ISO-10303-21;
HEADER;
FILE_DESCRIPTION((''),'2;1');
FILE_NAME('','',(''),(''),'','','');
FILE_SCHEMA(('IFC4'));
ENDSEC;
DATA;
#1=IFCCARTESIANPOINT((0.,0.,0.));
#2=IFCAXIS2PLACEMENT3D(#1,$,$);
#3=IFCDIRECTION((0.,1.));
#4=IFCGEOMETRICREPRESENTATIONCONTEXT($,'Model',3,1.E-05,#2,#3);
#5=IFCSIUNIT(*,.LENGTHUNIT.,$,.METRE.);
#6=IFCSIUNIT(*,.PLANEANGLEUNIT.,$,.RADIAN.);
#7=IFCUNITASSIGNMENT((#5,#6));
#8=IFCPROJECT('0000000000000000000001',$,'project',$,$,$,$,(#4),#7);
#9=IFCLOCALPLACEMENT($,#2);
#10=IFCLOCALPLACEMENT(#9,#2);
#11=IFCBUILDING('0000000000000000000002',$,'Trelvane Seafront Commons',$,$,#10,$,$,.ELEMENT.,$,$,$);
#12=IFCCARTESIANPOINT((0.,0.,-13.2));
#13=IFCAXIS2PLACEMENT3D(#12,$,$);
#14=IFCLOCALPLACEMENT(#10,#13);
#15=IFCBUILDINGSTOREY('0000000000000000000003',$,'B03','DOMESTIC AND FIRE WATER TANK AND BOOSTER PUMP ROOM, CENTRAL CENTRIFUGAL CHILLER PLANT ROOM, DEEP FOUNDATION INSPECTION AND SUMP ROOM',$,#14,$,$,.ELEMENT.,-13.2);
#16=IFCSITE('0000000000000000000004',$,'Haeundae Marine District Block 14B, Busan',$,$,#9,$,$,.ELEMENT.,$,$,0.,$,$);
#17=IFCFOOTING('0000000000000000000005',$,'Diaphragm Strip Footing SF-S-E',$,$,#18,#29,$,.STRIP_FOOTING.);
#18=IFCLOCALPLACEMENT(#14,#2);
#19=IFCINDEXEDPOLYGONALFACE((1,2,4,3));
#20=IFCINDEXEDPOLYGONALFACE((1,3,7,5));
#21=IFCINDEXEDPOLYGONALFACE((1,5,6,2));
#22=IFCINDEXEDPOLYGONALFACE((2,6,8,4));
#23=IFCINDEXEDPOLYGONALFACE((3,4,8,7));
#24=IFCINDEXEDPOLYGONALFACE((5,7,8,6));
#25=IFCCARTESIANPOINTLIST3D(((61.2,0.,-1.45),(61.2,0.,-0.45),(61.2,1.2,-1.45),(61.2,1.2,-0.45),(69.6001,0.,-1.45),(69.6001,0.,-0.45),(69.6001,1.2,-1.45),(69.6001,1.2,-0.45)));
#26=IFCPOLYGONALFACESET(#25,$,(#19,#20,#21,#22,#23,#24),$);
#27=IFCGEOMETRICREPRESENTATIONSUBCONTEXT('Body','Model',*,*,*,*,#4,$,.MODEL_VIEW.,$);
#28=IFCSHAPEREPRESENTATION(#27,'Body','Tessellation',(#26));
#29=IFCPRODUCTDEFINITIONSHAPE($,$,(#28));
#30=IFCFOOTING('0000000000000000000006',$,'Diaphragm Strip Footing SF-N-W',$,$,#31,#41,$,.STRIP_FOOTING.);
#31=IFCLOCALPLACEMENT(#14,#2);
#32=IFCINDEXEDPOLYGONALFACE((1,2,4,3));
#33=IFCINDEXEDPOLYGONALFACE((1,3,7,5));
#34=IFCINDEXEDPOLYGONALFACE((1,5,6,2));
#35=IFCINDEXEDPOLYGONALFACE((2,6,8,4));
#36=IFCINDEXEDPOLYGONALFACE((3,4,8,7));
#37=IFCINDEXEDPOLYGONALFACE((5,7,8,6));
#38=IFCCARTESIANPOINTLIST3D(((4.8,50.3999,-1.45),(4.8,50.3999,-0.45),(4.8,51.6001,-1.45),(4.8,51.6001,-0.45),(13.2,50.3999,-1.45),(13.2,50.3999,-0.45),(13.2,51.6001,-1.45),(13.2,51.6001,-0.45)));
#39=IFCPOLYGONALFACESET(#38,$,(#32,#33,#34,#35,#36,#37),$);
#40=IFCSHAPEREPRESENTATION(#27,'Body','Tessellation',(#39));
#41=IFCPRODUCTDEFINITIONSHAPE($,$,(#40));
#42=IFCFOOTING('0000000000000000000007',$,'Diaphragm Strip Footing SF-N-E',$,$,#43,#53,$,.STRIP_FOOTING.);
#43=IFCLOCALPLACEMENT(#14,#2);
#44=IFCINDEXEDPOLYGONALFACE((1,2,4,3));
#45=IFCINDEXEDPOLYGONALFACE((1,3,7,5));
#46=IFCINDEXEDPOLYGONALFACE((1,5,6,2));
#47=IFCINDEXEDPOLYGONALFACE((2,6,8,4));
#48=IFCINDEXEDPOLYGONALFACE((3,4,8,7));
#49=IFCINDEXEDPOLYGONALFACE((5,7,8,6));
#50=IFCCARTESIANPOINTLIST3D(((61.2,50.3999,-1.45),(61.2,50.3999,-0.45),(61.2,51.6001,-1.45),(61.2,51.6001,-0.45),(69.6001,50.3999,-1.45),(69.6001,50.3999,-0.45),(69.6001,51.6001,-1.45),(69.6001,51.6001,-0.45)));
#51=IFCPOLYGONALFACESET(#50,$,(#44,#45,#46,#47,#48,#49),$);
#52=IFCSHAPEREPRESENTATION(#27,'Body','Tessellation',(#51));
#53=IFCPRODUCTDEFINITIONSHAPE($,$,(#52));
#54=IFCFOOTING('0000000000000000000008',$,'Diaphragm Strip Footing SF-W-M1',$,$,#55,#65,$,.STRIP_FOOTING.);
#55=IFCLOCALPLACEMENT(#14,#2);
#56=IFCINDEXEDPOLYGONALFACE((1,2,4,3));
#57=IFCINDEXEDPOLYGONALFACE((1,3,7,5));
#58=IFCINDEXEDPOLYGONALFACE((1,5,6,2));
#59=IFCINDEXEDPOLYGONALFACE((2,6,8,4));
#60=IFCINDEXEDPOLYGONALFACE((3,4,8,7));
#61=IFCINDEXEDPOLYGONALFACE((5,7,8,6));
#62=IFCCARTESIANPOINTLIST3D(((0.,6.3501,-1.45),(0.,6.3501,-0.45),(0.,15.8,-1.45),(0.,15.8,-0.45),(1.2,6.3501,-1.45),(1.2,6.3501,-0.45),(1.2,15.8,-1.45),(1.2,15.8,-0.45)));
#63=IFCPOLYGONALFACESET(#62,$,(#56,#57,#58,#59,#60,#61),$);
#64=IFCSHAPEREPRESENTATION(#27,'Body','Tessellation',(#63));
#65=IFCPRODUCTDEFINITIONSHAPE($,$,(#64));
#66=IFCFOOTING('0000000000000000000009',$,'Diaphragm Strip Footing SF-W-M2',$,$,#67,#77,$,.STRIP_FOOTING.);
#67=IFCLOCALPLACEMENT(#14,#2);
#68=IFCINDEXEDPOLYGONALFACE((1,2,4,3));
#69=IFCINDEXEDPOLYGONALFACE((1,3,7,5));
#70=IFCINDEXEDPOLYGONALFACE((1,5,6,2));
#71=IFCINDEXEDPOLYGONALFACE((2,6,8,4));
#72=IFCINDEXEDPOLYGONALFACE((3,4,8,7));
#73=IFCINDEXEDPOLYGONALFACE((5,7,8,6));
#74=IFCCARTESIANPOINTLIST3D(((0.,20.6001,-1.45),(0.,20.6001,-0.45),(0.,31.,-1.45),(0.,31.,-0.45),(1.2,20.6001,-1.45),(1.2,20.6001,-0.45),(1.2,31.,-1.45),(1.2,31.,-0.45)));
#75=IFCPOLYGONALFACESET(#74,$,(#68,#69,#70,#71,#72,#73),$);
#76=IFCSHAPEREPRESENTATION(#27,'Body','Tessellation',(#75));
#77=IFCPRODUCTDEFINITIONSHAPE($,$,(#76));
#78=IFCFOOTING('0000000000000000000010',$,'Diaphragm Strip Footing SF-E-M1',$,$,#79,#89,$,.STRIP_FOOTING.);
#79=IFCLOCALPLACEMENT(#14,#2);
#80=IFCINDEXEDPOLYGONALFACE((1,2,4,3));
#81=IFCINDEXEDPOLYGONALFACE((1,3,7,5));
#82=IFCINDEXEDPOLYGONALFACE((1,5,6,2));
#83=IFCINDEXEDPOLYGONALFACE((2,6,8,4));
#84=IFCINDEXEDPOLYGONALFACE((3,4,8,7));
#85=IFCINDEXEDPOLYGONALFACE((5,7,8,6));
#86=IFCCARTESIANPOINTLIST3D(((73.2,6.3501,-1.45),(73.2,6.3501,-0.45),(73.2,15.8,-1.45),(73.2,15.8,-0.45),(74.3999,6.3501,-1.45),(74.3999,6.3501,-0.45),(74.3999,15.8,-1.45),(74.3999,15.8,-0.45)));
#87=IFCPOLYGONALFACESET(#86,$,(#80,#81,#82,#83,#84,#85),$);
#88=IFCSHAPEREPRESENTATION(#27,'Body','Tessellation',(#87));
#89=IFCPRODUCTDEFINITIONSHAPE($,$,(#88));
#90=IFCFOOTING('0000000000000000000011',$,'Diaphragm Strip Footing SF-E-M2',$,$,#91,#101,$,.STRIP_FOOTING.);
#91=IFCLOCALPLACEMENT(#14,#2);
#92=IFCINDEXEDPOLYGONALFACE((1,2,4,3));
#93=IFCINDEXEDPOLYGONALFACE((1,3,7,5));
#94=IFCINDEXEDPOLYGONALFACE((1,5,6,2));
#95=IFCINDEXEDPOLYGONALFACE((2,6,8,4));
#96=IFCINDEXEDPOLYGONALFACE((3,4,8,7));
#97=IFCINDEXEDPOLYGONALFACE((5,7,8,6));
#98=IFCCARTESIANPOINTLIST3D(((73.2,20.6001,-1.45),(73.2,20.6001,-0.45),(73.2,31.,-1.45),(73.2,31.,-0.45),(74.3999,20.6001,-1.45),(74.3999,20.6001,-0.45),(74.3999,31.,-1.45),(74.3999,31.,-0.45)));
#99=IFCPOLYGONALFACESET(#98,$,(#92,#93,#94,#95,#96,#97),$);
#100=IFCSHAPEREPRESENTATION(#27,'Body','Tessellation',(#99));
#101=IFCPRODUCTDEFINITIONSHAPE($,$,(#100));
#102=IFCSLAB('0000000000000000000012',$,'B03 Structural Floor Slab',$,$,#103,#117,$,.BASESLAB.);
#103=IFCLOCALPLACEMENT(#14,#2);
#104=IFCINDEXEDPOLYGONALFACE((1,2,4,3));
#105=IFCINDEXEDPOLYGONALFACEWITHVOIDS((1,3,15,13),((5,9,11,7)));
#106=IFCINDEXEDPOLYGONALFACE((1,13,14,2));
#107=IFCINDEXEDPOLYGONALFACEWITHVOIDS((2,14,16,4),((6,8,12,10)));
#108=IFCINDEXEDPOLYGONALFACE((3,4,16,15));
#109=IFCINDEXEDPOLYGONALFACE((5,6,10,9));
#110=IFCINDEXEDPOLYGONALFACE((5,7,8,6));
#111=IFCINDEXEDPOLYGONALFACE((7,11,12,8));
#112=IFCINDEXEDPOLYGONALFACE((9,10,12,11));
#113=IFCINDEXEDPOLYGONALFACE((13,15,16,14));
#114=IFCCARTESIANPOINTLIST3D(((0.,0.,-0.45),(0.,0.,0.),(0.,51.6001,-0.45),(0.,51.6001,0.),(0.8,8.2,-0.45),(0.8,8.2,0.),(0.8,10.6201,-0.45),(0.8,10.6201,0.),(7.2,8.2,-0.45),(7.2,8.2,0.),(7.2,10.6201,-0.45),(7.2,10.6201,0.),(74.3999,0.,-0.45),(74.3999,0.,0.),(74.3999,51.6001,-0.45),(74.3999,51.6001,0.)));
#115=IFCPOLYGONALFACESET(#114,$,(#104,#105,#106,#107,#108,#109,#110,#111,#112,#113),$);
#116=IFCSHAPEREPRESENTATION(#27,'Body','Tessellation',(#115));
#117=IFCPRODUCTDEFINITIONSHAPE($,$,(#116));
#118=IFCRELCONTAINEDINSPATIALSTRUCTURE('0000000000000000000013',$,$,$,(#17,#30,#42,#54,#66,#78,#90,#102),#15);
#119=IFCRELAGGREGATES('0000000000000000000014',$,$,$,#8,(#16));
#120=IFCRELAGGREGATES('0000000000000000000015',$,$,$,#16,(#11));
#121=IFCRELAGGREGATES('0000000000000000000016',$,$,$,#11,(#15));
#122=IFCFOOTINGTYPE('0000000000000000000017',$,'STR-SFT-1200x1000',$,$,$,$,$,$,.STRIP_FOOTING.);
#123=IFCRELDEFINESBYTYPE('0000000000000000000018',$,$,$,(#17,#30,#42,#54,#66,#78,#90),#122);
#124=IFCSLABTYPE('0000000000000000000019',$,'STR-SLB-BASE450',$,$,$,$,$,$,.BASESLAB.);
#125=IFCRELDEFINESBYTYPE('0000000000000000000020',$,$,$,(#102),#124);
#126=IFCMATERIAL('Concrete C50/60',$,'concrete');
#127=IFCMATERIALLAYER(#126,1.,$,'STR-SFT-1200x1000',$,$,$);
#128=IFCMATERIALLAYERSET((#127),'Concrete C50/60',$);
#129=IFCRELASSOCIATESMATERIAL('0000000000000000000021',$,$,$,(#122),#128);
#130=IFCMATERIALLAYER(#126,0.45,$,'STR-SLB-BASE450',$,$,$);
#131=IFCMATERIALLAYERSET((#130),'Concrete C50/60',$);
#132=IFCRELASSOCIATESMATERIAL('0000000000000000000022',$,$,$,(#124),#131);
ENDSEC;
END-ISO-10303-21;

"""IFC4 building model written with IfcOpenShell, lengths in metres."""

from ifc_helpers import new_model, si_unit, direction, frame, origin, place, context, subcontext, project, spatial, polyline, outline, extrude, material, layer, layer_set, type_object, element, save


model = new_model("IFC4")

# Units and contexts
model_context = context("Model", 3, precision=1e-05, world=origin(), true_north=direction((0.0, 1.0)))
body_context = subcontext(model_context, "Body", "Model", "MODEL_VIEW")
ifc_project = project(units=[si_unit("LENGTHUNIT", "METRE"), si_unit("PLANEANGLEUNIT", "RADIAN")], contexts=[model_context])

# Site, building, storey
site_placement = place(None, origin())
site = spatial("IfcSite", under=ifc_project, at=site_placement, Name="Haeundae Marine District Block 14B, Busan", CompositionType="ELEMENT", RefElevation=0.0)
building_placement = place(site_placement, origin())
building = spatial("IfcBuilding", under=site, at=building_placement, Name="Trelvane Seafront Commons", CompositionType="ELEMENT")
storey_placement = place(building_placement, frame((0.0, 0.0, -13.2)))
storey = spatial("IfcBuildingStorey", under=building, at=storey_placement, Name="B03", Description="DOMESTIC AND FIRE WATER TANK AND BOOSTER PUMP ROOM, CENTRAL CENTRIFUGAL CHILLER PLANT ROOM, DEEP FOUNDATION INSPECTION AND SUMP ROOM", CompositionType="ELEMENT", Elevation=-13.2)

# Footings
ifc_material = material(Name="Concrete C50/60", Category="concrete")
ifc_layer_1 = layer(ifc_material, 1.0, Name="STR-SFT-1200x1000")
ifc_layer_set_1 = layer_set([ifc_layer_1], Name="Concrete C50/60")
footing_type_1 = type_object("IfcFootingType", Name="STR-SFT-1200x1000", PredefinedType="STRIP_FOOTING", material=ifc_layer_set_1)
footing_1_placement = place(storey_placement, frame((0.0, 0.0, -1.45)))
element("IfcFooting", 1, at=footing_1_placement, inside=storey, type_object=footing_type_1, Name="Diaphragm Strip Footing SF-S-E", PredefinedType="STRIP_FOOTING", context=body_context, shape_type="SweptSolid", body=[
    extrude(outline(polyline([(61.2, 0.0), (69.6001, 0.0), (69.6001, 1.2), (61.2, 1.2), (61.2, 0.0)])), origin(), (0.0, 0.0, 1.0), 1.0),
])
footing_2_placement = place(storey_placement, frame((0.0, 0.0, -1.45)))
element("IfcFooting", 2, at=footing_2_placement, inside=storey, type_object=footing_type_1, Name="Diaphragm Strip Footing SF-N-W", PredefinedType="STRIP_FOOTING", context=body_context, shape_type="SweptSolid", body=[
    extrude(outline(polyline([(4.8, 50.3999), (13.2, 50.3999), (13.2, 51.6001), (4.8, 51.6001), (4.8, 50.3999)])), origin(), (0.0, 0.0, 1.0), 1.0),
])
footing_3_placement = place(storey_placement, frame((0.0, 0.0, -1.45)))
element("IfcFooting", 3, at=footing_3_placement, inside=storey, type_object=footing_type_1, Name="Diaphragm Strip Footing SF-N-E", PredefinedType="STRIP_FOOTING", context=body_context, shape_type="SweptSolid", body=[
    extrude(outline(polyline([(61.2, 50.3999), (69.6001, 50.3999), (69.6001, 51.6001), (61.2, 51.6001), (61.2, 50.3999)])), origin(), (0.0, 0.0, 1.0), 1.0),
])
footing_4_placement = place(storey_placement, frame((0.0, 0.0, -1.45)))
element("IfcFooting", 4, at=footing_4_placement, inside=storey, type_object=footing_type_1, Name="Diaphragm Strip Footing SF-W-M1", PredefinedType="STRIP_FOOTING", context=body_context, shape_type="SweptSolid", body=[
    extrude(outline(polyline([(0.0, 6.3501), (1.2, 6.3501), (1.2, 15.8), (0.0, 15.8), (0.0, 6.3501)])), origin(), (0.0, 0.0, 1.0), 1.0),
])
footing_5_placement = place(storey_placement, frame((0.0, 0.0, -1.45)))
element("IfcFooting", 5, at=footing_5_placement, inside=storey, type_object=footing_type_1, Name="Diaphragm Strip Footing SF-W-M2", PredefinedType="STRIP_FOOTING", context=body_context, shape_type="SweptSolid", body=[
    extrude(outline(polyline([(0.0, 20.6001), (1.2, 20.6001), (1.2, 31.0), (0.0, 31.0), (0.0, 20.6001)])), origin(), (0.0, 0.0, 1.0), 1.0),
])
footing_6_placement = place(storey_placement, frame((0.0, 0.0, -1.45)))
element("IfcFooting", 6, at=footing_6_placement, inside=storey, type_object=footing_type_1, Name="Diaphragm Strip Footing SF-E-M1", PredefinedType="STRIP_FOOTING", context=body_context, shape_type="SweptSolid", body=[
    extrude(outline(polyline([(73.2, 6.3501), (74.3999, 6.3501), (74.3999, 15.8), (73.2, 15.8), (73.2, 6.3501)])), origin(), (0.0, 0.0, 1.0), 1.0),
])
footing_7_placement = place(storey_placement, frame((0.0, 0.0, -1.45)))
element("IfcFooting", 7, at=footing_7_placement, inside=storey, type_object=footing_type_1, Name="Diaphragm Strip Footing SF-E-M2", PredefinedType="STRIP_FOOTING", context=body_context, shape_type="SweptSolid", body=[
    extrude(outline(polyline([(73.2, 20.6001), (74.3999, 20.6001), (74.3999, 31.0), (73.2, 31.0), (73.2, 20.6001)])), origin(), (0.0, 0.0, 1.0), 1.0),
])

# Slab
ifc_layer_2 = layer(ifc_material, 0.45, Name="STR-SLB-BASE450")
ifc_layer_set_2 = layer_set([ifc_layer_2], Name="Concrete C50/60")
slab_type = type_object("IfcSlabType", Name="STR-SLB-BASE450", PredefinedType="BASESLAB", material=ifc_layer_set_2)
slab_placement = place(storey_placement, frame((0.0, 0.0, -0.45)))
element("IfcSlab", 8, at=slab_placement, inside=storey, type_object=slab_type, Name="B03 Structural Floor Slab", PredefinedType="BASESLAB", context=body_context, shape_type="SweptSolid", body=[
    extrude(outline(polyline([(0.0, 0.0), (74.3999, 0.0), (74.3999, 51.6001), (0.0, 51.6001), (0.0, 0.0)]), holes=[polyline([(0.8, 8.2), (0.8, 10.6201), (7.2, 10.6201), (7.2, 8.2), (0.8, 8.2)])]), origin(), (0.0, 0.0, 1.0), 0.45),
])

save(model, "model.ifc")
